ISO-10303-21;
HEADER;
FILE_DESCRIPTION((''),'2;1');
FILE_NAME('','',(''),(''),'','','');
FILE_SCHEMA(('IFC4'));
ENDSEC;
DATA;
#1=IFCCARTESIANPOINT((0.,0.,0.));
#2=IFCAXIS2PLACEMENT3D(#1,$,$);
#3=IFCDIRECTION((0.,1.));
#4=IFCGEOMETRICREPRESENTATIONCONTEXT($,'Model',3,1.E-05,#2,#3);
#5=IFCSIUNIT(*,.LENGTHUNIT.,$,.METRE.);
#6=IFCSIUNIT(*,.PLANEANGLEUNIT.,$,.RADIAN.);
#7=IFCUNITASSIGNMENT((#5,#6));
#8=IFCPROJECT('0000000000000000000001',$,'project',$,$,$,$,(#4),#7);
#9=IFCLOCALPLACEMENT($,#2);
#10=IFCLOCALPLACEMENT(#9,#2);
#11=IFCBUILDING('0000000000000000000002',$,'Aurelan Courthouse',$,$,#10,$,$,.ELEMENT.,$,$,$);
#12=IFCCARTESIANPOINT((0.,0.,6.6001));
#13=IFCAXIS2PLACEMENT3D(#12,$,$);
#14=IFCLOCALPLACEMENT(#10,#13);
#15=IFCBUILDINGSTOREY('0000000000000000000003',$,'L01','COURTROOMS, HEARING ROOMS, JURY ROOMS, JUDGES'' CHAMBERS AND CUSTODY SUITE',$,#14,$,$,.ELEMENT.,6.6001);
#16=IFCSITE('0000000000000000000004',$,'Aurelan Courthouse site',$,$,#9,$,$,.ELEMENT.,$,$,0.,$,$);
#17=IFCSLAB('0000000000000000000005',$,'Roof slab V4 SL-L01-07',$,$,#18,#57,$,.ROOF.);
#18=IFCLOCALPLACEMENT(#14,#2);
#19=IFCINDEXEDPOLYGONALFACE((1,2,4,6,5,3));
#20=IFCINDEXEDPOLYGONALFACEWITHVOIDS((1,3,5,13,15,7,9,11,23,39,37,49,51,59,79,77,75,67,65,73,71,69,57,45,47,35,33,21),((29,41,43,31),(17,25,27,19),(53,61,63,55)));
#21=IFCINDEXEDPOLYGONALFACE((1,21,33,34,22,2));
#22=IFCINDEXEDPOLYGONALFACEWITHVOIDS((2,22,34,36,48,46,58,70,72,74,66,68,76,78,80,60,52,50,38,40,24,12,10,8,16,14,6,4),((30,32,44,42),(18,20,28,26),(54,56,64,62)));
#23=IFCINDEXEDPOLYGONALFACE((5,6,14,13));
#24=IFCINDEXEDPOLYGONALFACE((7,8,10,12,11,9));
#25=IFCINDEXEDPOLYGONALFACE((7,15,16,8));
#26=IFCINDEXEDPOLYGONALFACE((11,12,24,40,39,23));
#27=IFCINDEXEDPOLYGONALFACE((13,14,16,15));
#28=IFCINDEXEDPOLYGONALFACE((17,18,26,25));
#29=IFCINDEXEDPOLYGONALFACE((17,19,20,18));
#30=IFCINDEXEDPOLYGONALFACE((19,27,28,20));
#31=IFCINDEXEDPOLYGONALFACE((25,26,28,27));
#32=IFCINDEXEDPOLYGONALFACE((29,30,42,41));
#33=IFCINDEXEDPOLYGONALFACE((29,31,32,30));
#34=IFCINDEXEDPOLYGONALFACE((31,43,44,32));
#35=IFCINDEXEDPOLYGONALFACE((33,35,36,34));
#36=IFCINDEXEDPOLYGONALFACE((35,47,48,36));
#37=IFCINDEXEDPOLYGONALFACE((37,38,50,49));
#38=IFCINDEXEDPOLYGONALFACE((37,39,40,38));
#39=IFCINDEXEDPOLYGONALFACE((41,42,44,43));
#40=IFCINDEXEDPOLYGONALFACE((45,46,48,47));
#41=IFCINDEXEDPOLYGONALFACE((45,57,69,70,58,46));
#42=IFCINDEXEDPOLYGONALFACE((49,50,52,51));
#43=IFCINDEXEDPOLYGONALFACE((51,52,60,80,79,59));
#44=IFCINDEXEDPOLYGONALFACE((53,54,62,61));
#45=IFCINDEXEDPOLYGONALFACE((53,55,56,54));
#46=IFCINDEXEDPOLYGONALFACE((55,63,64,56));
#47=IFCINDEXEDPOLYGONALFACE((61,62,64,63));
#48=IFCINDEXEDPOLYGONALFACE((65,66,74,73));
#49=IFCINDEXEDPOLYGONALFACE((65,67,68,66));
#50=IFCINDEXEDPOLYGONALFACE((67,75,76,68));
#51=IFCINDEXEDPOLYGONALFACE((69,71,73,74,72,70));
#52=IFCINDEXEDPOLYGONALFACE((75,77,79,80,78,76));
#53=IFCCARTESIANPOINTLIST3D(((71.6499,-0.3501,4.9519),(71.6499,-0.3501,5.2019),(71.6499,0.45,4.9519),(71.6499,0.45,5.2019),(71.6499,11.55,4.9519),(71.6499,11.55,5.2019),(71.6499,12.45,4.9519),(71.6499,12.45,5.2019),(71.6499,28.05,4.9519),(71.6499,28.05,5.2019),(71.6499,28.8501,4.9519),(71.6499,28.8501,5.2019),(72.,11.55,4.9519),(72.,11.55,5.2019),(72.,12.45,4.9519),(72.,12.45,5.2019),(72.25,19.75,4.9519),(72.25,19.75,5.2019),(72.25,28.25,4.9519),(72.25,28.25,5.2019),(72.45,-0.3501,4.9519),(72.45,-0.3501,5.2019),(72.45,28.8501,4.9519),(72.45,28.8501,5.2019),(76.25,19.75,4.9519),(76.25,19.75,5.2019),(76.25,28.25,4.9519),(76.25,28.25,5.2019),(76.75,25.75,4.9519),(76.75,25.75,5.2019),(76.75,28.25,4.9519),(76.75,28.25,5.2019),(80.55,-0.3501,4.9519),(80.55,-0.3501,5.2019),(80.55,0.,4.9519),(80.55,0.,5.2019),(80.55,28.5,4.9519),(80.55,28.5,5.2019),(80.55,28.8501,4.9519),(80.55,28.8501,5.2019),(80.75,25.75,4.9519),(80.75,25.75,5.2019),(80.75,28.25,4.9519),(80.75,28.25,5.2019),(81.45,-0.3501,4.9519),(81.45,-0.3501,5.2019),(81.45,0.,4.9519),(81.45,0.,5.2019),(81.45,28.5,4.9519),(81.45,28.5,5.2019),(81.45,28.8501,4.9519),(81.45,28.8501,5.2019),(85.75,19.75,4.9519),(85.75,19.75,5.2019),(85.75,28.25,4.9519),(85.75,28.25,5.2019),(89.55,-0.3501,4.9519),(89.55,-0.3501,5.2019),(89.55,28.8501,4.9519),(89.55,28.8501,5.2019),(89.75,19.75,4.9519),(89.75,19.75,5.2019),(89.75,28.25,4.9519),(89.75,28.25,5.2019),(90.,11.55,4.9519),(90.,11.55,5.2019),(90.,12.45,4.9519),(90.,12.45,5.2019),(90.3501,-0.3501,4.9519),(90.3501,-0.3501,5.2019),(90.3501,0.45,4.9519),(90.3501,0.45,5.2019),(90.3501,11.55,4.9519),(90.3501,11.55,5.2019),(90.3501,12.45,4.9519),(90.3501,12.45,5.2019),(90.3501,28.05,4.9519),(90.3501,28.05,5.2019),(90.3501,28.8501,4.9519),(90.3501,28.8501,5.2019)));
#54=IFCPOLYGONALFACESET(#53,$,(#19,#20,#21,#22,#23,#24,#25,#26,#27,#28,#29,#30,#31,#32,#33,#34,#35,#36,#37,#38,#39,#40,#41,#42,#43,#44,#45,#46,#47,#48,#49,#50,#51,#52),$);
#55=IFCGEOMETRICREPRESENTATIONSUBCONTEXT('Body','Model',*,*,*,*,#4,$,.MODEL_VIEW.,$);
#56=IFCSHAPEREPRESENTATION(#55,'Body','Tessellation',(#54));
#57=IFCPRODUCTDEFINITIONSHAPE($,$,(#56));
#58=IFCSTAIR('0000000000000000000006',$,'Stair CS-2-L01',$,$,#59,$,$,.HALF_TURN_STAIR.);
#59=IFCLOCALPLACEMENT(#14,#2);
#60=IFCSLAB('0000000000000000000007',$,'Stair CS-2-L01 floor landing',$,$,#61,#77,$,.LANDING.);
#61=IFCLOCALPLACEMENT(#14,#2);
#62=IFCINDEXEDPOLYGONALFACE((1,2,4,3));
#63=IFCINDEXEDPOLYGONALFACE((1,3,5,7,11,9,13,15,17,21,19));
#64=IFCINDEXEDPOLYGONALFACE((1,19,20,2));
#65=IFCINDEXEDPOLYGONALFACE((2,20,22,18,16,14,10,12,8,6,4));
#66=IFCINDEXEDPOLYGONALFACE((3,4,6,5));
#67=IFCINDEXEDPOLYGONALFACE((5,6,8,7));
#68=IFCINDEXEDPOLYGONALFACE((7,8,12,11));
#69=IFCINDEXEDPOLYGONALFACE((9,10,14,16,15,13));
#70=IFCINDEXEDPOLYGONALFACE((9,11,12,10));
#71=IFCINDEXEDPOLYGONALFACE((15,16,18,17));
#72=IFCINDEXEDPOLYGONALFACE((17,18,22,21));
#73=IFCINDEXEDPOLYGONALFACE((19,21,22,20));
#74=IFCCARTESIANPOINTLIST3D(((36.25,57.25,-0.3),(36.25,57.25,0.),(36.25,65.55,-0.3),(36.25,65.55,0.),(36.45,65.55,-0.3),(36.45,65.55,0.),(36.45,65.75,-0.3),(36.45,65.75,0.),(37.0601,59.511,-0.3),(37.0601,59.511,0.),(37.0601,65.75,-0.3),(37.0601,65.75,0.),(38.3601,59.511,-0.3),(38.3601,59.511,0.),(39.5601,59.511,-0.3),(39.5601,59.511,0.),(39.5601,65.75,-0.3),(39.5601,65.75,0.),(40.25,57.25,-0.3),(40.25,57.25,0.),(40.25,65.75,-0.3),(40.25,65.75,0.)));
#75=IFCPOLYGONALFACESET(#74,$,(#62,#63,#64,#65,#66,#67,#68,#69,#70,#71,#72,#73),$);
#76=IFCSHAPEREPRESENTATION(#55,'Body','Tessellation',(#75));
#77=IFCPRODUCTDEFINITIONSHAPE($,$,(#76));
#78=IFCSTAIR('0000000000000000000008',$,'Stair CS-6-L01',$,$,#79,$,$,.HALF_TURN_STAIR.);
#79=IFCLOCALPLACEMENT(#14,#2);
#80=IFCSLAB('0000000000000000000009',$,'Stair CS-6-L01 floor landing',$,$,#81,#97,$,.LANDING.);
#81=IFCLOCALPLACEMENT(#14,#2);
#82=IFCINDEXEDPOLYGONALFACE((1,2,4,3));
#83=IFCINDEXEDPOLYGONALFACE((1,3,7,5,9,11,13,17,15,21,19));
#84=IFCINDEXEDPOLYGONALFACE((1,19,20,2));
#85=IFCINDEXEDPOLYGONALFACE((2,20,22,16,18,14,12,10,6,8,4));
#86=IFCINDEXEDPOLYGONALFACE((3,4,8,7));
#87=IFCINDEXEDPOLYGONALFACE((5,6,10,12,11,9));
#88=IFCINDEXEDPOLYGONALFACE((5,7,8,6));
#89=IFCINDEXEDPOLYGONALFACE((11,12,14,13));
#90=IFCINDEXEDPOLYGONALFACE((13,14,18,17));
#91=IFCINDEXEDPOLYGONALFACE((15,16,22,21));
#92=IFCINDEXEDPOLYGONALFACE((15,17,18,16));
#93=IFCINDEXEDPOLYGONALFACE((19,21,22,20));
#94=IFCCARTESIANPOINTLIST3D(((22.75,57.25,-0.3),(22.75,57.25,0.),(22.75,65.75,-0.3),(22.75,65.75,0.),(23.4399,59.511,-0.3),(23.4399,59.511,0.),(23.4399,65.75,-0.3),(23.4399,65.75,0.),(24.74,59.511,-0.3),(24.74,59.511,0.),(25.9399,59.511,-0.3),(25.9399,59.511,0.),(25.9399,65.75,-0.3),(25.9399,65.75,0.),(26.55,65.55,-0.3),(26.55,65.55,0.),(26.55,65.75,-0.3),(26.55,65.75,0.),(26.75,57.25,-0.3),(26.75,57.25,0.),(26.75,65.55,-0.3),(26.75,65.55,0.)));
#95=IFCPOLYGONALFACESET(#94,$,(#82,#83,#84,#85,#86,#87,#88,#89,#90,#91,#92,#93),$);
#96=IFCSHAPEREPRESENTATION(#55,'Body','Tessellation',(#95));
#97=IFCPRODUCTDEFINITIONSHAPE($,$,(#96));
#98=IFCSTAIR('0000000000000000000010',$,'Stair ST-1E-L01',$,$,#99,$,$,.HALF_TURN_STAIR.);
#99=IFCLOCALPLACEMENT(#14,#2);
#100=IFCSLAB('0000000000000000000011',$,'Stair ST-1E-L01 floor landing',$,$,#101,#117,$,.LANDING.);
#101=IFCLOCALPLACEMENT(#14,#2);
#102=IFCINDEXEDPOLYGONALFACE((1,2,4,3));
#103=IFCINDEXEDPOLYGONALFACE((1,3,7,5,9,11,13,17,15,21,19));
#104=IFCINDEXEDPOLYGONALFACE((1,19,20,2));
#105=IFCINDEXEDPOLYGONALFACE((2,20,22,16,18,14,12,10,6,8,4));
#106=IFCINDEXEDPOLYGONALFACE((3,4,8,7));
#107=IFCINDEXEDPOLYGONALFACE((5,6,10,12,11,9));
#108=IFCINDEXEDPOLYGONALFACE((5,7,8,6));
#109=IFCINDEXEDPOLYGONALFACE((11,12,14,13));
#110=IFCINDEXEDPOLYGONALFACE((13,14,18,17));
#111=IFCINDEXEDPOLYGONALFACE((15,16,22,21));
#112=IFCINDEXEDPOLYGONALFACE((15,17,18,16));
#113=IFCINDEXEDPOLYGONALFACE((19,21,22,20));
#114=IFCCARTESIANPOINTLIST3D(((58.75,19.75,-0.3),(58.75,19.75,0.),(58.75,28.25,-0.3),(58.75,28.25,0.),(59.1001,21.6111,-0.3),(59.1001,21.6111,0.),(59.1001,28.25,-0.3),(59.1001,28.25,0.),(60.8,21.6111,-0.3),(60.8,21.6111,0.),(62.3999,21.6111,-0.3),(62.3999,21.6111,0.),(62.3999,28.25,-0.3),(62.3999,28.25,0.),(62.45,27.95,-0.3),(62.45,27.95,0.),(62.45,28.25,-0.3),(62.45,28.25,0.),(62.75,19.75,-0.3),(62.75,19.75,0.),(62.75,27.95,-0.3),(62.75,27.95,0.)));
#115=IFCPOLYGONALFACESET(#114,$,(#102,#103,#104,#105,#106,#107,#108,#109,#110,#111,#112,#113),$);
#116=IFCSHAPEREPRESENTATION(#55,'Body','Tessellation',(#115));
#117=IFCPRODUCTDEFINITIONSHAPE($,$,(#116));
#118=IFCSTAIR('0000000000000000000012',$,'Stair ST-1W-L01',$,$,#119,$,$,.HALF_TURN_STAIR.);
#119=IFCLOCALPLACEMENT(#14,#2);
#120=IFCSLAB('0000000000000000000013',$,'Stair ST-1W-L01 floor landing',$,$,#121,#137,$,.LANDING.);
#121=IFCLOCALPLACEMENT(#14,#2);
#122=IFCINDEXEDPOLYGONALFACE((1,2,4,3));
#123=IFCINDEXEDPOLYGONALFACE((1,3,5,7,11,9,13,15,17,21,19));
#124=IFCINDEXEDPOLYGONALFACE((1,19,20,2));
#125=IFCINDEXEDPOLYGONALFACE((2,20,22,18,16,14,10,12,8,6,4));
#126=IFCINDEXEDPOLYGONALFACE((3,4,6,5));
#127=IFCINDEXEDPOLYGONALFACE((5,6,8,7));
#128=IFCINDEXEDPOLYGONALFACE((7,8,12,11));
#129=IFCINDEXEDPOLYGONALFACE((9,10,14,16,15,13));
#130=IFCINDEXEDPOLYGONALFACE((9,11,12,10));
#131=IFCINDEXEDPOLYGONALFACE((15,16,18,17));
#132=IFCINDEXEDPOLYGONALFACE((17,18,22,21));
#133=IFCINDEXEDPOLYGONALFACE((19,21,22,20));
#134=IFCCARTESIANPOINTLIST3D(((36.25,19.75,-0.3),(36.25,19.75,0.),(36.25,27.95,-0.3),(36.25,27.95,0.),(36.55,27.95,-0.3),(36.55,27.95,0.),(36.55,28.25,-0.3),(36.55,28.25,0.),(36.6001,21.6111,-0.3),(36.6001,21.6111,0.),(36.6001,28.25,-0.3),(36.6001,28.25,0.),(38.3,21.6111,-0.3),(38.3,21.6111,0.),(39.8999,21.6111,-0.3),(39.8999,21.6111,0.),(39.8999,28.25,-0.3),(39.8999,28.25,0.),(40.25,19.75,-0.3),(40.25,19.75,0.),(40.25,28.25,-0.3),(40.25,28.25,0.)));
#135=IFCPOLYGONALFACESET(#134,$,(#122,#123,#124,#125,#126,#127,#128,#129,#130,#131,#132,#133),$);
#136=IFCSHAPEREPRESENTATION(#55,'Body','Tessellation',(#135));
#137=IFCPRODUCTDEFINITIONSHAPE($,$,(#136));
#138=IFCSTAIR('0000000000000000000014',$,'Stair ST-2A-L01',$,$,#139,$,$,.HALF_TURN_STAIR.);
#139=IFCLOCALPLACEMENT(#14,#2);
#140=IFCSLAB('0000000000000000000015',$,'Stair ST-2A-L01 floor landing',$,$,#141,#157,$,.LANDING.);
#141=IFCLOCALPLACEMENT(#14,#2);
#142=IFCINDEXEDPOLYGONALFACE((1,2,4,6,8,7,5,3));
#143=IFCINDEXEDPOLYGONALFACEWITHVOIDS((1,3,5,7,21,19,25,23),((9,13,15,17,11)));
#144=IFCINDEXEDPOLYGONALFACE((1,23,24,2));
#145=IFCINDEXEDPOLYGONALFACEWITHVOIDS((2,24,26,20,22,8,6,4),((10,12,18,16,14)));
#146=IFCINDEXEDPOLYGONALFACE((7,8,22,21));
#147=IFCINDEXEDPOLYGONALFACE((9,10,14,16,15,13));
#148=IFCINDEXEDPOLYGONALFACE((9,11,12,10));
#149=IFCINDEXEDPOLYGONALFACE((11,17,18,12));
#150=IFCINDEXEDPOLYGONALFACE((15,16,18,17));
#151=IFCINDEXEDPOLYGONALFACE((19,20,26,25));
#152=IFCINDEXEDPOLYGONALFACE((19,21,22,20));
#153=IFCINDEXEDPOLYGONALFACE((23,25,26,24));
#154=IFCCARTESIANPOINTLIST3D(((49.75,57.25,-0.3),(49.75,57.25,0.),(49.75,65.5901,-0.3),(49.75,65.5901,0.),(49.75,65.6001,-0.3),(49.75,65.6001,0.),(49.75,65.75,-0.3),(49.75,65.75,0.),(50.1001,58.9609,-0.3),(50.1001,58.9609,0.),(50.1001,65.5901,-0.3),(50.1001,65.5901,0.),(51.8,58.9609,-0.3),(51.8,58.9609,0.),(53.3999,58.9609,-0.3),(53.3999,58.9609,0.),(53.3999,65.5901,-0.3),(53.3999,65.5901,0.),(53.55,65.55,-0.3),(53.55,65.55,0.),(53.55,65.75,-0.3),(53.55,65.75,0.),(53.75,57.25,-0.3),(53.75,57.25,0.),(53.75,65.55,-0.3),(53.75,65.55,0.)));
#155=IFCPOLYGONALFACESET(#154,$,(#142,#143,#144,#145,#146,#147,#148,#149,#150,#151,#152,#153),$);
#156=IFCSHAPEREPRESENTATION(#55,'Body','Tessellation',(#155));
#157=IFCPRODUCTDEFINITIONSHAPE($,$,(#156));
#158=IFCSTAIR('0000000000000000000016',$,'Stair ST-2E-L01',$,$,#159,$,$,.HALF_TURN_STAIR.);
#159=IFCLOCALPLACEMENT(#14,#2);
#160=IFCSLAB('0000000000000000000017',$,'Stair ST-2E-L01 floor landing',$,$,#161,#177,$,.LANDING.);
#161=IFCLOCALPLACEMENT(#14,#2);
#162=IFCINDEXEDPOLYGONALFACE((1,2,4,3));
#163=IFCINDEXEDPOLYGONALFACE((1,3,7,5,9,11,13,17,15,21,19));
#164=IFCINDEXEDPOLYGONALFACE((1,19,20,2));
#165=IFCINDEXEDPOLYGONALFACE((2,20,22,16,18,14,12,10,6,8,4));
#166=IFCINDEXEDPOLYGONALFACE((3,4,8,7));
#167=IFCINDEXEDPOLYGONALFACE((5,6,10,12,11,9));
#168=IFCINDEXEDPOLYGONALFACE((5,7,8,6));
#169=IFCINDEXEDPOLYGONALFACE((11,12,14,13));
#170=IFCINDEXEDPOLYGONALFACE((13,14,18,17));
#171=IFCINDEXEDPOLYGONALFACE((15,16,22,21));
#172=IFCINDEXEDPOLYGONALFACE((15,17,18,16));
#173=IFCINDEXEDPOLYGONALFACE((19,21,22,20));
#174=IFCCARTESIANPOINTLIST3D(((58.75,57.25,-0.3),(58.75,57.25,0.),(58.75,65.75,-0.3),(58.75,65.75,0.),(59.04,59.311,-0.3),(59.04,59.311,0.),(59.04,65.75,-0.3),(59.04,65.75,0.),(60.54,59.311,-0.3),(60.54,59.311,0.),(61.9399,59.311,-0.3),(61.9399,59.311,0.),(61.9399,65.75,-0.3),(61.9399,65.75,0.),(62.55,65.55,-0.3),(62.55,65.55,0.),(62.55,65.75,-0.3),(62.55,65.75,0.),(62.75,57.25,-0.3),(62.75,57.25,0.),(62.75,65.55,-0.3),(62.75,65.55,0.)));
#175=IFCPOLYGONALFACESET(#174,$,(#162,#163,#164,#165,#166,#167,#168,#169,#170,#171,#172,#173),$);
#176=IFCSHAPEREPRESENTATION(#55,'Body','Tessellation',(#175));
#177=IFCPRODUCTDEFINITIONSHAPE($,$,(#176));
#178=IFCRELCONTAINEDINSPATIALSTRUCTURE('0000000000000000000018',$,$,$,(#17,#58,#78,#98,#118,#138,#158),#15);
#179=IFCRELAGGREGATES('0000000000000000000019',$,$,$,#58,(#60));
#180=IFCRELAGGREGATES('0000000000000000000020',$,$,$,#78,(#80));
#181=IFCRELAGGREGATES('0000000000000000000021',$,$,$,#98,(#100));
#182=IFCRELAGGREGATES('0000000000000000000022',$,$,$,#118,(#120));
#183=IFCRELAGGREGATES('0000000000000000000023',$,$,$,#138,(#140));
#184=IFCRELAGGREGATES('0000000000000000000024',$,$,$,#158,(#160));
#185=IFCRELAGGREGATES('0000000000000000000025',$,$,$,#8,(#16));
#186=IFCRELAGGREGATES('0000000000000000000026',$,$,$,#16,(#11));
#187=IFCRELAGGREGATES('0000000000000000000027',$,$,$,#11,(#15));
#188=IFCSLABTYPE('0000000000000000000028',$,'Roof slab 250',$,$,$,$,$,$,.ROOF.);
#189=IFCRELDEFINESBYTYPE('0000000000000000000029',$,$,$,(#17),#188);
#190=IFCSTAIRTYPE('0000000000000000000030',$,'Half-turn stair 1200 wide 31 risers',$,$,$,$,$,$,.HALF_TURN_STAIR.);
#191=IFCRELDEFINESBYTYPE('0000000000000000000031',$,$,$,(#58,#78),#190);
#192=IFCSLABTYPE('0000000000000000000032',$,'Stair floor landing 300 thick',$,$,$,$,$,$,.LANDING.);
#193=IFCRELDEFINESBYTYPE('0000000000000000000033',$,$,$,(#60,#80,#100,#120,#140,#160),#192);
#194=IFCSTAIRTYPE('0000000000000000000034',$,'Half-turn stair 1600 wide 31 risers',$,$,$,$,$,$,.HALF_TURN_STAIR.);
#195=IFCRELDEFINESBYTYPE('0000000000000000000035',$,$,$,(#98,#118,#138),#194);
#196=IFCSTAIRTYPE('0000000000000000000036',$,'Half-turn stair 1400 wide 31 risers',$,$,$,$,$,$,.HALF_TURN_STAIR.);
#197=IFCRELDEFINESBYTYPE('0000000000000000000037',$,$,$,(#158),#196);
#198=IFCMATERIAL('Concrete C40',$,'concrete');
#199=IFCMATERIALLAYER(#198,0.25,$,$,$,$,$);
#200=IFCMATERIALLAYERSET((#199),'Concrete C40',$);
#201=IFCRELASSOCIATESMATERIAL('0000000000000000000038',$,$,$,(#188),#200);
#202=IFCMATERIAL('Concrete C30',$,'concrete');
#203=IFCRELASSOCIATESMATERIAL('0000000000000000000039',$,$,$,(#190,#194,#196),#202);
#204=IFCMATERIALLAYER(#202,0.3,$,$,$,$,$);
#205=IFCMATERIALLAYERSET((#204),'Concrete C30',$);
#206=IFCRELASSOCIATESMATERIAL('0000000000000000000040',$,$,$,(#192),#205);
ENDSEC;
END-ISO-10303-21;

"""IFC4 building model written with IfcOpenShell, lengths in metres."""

from ifc_helpers import new_model, si_unit, direction, frame, origin, place, context, subcontext, project, spatial, polyline, outline, extrude, material, layer, layer_set, type_object, element, aggregate, save


model = new_model("IFC4")

# Units and contexts
model_context = context("Model", 3, precision=1e-05, world=origin(), true_north=direction((0.0, 1.0)))
body_context = subcontext(model_context, "Body", "Model", "MODEL_VIEW")
ifc_project = project(units=[si_unit("LENGTHUNIT", "METRE"), si_unit("PLANEANGLEUNIT", "RADIAN")], contexts=[model_context])

# Site, building, storey
site_placement = place(None, origin())
site = spatial("IfcSite", under=ifc_project, at=site_placement, Name="Aurelan Courthouse site", CompositionType="ELEMENT", RefElevation=0.0)
building_placement = place(site_placement, origin())
building = spatial("IfcBuilding", under=site, at=building_placement, Name="Aurelan Courthouse", CompositionType="ELEMENT")
storey_placement = place(building_placement, frame((0.0, 0.0, 6.6001)))
storey = spatial("IfcBuildingStorey", under=building, at=storey_placement, Name="L01", Description="COURTROOMS, HEARING ROOMS, JURY ROOMS, JUDGES' CHAMBERS AND CUSTODY SUITE", CompositionType="ELEMENT", Elevation=6.6001)

# Slab
ifc_material_1 = material(Name="Concrete C40", Category="concrete")
ifc_layer_1 = layer(ifc_material_1, 0.25)
ifc_layer_set_1 = layer_set([ifc_layer_1], Name="Concrete C40")
slab_type_1 = type_object("IfcSlabType", Name="Roof slab 250", PredefinedType="ROOF", material=ifc_layer_set_1)
slab_1_placement = place(storey_placement, frame((0.0, 0.0, 4.9519)))
element("IfcSlab", 1, at=slab_1_placement, inside=storey, type_object=slab_type_1, Name="Roof slab V4 SL-L01-07", PredefinedType="ROOF", context=body_context, shape_type="SweptSolid", body=[
    extrude(outline(polyline([(71.6499, 11.55), (71.6499, 0.45), (71.6499, -0.3501), (72.45, -0.3501), (80.55, -0.3501), (80.55, 0.0), (81.45, 0.0), (81.45, -0.3501), (89.55, -0.3501), (90.3501, -0.3501), (90.3501, 0.45), (90.3501, 11.55), (90.0, 11.55), (90.0, 12.45), (90.3501, 12.45), (90.3501, 28.05), (90.3501, 28.8501), (89.55, 28.8501), (81.45, 28.8501), (81.45, 28.5), (80.55, 28.5), (80.55, 28.8501), (72.45, 28.8501), (71.6499, 28.8501), (71.6499, 28.05), (71.6499, 12.45), (72.0, 12.45), (72.0, 11.55), (71.6499, 11.55)]), holes=[polyline([(85.75, 28.25), (89.75, 28.25), (89.75, 19.75), (85.75, 19.75), (85.75, 28.25)]), polyline([(80.75, 28.25), (80.75, 25.75), (76.75, 25.75), (76.75, 28.25), (80.75, 28.25)]), polyline([(72.25, 19.75), (72.25, 28.25), (76.25, 28.25), (76.25, 19.75), (72.25, 19.75)])]), origin(), (0.0, 0.0, 1.0), 0.25),
])

# Stairs, slabs
ifc_material_2 = material(Name="Concrete C30", Category="concrete")
stair_type_1 = type_object("IfcStairType", Name="Half-turn stair 1200 wide 31 risers", PredefinedType="HALF_TURN_STAIR", material=ifc_material_2)
stair_1_placement = place(storey_placement, origin())
stair_1 = element("IfcStair", 2, at=stair_1_placement, inside=storey, type_object=stair_type_1, Name="Stair CS-2-L01", PredefinedType="HALF_TURN_STAIR")
ifc_layer_2 = layer(ifc_material_2, 0.3)
ifc_layer_set_2 = layer_set([ifc_layer_2], Name="Concrete C30")
slab_type_2 = type_object("IfcSlabType", Name="Stair floor landing 300 thick", PredefinedType="LANDING", material=ifc_layer_set_2)
slab_2_placement = place(storey_placement, frame((0.0, 0.0, -0.3)))
slab_2 = element("IfcSlab", 3, at=slab_2_placement, type_object=slab_type_2, Name="Stair CS-2-L01 floor landing", PredefinedType="LANDING", context=body_context, shape_type="SweptSolid", body=[
    extrude(outline(polyline([(37.0601, 59.511), (38.3601, 59.511), (39.5601, 59.511), (39.5601, 65.75), (40.25, 65.75), (40.25, 57.25), (36.25, 57.25), (36.25, 65.55), (36.45, 65.55), (36.45, 65.75), (37.0601, 65.75), (37.0601, 59.511)])), origin(), (0.0, 0.0, 1.0), 0.3),
])
stair_2_placement = place(storey_placement, origin())
stair_2 = element("IfcStair", 4, at=stair_2_placement, inside=storey, type_object=stair_type_1, Name="Stair CS-6-L01", PredefinedType="HALF_TURN_STAIR")
slab_3_placement = place(storey_placement, frame((0.0, 0.0, -0.3)))
slab_3 = element("IfcSlab", 5, at=slab_3_placement, type_object=slab_type_2, Name="Stair CS-6-L01 floor landing", PredefinedType="LANDING", context=body_context, shape_type="SweptSolid", body=[
    extrude(outline(polyline([(23.4399, 59.511), (24.74, 59.511), (25.9399, 59.511), (25.9399, 65.75), (26.55, 65.75), (26.55, 65.55), (26.75, 65.55), (26.75, 57.25), (22.75, 57.25), (22.75, 65.75), (23.4399, 65.75), (23.4399, 59.511)])), origin(), (0.0, 0.0, 1.0), 0.3),
])
stair_type_2 = type_object("IfcStairType", Name="Half-turn stair 1600 wide 31 risers", PredefinedType="HALF_TURN_STAIR", material=ifc_material_2)
stair_3_placement = place(storey_placement, origin())
stair_3 = element("IfcStair", 6, at=stair_3_placement, inside=storey, type_object=stair_type_2, Name="Stair ST-1E-L01", PredefinedType="HALF_TURN_STAIR")
slab_4_placement = place(storey_placement, frame((0.0, 0.0, -0.3)))
slab_4 = element("IfcSlab", 7, at=slab_4_placement, type_object=slab_type_2, Name="Stair ST-1E-L01 floor landing", PredefinedType="LANDING", context=body_context, shape_type="SweptSolid", body=[
    extrude(outline(polyline([(59.1001, 21.6111), (60.8, 21.6111), (62.3999, 21.6111), (62.3999, 28.25), (62.45, 28.25), (62.45, 27.95), (62.75, 27.95), (62.75, 19.75), (58.75, 19.75), (58.75, 28.25), (59.1001, 28.25), (59.1001, 21.6111)])), origin(), (0.0, 0.0, 1.0), 0.3),
])
stair_4_placement = place(storey_placement, origin())
stair_4 = element("IfcStair", 8, at=stair_4_placement, inside=storey, type_object=stair_type_2, Name="Stair ST-1W-L01", PredefinedType="HALF_TURN_STAIR")
slab_5_placement = place(storey_placement, frame((0.0, 0.0, -0.3)))
slab_5 = element("IfcSlab", 9, at=slab_5_placement, type_object=slab_type_2, Name="Stair ST-1W-L01 floor landing", PredefinedType="LANDING", context=body_context, shape_type="SweptSolid", body=[
    extrude(outline(polyline([(36.6001, 21.6111), (38.3, 21.6111), (39.8999, 21.6111), (39.8999, 28.25), (40.25, 28.25), (40.25, 19.75), (36.25, 19.75), (36.25, 27.95), (36.55, 27.95), (36.55, 28.25), (36.6001, 28.25), (36.6001, 21.6111)])), origin(), (0.0, 0.0, 1.0), 0.3),
])
stair_5_placement = place(storey_placement, origin())
stair_5 = element("IfcStair", 10, at=stair_5_placement, inside=storey, type_object=stair_type_2, Name="Stair ST-2A-L01", PredefinedType="HALF_TURN_STAIR")
slab_6_placement = place(storey_placement, frame((0.0, 0.0, -0.3)))
slab_6 = element("IfcSlab", 11, at=slab_6_placement, type_object=slab_type_2, Name="Stair ST-2A-L01 floor landing", PredefinedType="LANDING", context=body_context, shape_type="SweptSolid", body=[
    extrude(outline(polyline([(53.75, 57.25), (49.75, 57.25), (49.75, 65.5901), (49.75, 65.6001), (49.75, 65.75), (53.55, 65.75), (53.55, 65.55), (53.75, 65.55), (53.75, 57.25)]), holes=[polyline([(51.8, 58.9609), (53.3999, 58.9609), (53.3999, 65.5901), (50.1001, 65.5901), (50.1001, 58.9609), (51.8, 58.9609)])]), origin(), (0.0, 0.0, 1.0), 0.3),
])
stair_type_3 = type_object("IfcStairType", Name="Half-turn stair 1400 wide 31 risers", PredefinedType="HALF_TURN_STAIR", material=ifc_material_2)
stair_6_placement = place(storey_placement, origin())
stair_6 = element("IfcStair", 12, at=stair_6_placement, inside=storey, type_object=stair_type_3, Name="Stair ST-2E-L01", PredefinedType="HALF_TURN_STAIR")
slab_7_placement = place(storey_placement, frame((0.0, 0.0, -0.3)))
slab_7 = element("IfcSlab", 13, at=slab_7_placement, type_object=slab_type_2, Name="Stair ST-2E-L01 floor landing", PredefinedType="LANDING", context=body_context, shape_type="SweptSolid", body=[
    extrude(outline(polyline([(59.04, 59.311), (60.54, 59.311), (61.9399, 59.311), (61.9399, 65.75), (62.55, 65.75), (62.55, 65.55), (62.75, 65.55), (62.75, 57.25), (58.75, 57.25), (58.75, 65.75), (59.04, 65.75), (59.04, 59.311)])), origin(), (0.0, 0.0, 1.0), 0.3),
])

aggregate(stair_1, [slab_2])
aggregate(stair_2, [slab_3])
aggregate(stair_3, [slab_4])
aggregate(stair_4, [slab_5])
aggregate(stair_5, [slab_6])
aggregate(stair_6, [slab_7])

save(model, "model.ifc")
